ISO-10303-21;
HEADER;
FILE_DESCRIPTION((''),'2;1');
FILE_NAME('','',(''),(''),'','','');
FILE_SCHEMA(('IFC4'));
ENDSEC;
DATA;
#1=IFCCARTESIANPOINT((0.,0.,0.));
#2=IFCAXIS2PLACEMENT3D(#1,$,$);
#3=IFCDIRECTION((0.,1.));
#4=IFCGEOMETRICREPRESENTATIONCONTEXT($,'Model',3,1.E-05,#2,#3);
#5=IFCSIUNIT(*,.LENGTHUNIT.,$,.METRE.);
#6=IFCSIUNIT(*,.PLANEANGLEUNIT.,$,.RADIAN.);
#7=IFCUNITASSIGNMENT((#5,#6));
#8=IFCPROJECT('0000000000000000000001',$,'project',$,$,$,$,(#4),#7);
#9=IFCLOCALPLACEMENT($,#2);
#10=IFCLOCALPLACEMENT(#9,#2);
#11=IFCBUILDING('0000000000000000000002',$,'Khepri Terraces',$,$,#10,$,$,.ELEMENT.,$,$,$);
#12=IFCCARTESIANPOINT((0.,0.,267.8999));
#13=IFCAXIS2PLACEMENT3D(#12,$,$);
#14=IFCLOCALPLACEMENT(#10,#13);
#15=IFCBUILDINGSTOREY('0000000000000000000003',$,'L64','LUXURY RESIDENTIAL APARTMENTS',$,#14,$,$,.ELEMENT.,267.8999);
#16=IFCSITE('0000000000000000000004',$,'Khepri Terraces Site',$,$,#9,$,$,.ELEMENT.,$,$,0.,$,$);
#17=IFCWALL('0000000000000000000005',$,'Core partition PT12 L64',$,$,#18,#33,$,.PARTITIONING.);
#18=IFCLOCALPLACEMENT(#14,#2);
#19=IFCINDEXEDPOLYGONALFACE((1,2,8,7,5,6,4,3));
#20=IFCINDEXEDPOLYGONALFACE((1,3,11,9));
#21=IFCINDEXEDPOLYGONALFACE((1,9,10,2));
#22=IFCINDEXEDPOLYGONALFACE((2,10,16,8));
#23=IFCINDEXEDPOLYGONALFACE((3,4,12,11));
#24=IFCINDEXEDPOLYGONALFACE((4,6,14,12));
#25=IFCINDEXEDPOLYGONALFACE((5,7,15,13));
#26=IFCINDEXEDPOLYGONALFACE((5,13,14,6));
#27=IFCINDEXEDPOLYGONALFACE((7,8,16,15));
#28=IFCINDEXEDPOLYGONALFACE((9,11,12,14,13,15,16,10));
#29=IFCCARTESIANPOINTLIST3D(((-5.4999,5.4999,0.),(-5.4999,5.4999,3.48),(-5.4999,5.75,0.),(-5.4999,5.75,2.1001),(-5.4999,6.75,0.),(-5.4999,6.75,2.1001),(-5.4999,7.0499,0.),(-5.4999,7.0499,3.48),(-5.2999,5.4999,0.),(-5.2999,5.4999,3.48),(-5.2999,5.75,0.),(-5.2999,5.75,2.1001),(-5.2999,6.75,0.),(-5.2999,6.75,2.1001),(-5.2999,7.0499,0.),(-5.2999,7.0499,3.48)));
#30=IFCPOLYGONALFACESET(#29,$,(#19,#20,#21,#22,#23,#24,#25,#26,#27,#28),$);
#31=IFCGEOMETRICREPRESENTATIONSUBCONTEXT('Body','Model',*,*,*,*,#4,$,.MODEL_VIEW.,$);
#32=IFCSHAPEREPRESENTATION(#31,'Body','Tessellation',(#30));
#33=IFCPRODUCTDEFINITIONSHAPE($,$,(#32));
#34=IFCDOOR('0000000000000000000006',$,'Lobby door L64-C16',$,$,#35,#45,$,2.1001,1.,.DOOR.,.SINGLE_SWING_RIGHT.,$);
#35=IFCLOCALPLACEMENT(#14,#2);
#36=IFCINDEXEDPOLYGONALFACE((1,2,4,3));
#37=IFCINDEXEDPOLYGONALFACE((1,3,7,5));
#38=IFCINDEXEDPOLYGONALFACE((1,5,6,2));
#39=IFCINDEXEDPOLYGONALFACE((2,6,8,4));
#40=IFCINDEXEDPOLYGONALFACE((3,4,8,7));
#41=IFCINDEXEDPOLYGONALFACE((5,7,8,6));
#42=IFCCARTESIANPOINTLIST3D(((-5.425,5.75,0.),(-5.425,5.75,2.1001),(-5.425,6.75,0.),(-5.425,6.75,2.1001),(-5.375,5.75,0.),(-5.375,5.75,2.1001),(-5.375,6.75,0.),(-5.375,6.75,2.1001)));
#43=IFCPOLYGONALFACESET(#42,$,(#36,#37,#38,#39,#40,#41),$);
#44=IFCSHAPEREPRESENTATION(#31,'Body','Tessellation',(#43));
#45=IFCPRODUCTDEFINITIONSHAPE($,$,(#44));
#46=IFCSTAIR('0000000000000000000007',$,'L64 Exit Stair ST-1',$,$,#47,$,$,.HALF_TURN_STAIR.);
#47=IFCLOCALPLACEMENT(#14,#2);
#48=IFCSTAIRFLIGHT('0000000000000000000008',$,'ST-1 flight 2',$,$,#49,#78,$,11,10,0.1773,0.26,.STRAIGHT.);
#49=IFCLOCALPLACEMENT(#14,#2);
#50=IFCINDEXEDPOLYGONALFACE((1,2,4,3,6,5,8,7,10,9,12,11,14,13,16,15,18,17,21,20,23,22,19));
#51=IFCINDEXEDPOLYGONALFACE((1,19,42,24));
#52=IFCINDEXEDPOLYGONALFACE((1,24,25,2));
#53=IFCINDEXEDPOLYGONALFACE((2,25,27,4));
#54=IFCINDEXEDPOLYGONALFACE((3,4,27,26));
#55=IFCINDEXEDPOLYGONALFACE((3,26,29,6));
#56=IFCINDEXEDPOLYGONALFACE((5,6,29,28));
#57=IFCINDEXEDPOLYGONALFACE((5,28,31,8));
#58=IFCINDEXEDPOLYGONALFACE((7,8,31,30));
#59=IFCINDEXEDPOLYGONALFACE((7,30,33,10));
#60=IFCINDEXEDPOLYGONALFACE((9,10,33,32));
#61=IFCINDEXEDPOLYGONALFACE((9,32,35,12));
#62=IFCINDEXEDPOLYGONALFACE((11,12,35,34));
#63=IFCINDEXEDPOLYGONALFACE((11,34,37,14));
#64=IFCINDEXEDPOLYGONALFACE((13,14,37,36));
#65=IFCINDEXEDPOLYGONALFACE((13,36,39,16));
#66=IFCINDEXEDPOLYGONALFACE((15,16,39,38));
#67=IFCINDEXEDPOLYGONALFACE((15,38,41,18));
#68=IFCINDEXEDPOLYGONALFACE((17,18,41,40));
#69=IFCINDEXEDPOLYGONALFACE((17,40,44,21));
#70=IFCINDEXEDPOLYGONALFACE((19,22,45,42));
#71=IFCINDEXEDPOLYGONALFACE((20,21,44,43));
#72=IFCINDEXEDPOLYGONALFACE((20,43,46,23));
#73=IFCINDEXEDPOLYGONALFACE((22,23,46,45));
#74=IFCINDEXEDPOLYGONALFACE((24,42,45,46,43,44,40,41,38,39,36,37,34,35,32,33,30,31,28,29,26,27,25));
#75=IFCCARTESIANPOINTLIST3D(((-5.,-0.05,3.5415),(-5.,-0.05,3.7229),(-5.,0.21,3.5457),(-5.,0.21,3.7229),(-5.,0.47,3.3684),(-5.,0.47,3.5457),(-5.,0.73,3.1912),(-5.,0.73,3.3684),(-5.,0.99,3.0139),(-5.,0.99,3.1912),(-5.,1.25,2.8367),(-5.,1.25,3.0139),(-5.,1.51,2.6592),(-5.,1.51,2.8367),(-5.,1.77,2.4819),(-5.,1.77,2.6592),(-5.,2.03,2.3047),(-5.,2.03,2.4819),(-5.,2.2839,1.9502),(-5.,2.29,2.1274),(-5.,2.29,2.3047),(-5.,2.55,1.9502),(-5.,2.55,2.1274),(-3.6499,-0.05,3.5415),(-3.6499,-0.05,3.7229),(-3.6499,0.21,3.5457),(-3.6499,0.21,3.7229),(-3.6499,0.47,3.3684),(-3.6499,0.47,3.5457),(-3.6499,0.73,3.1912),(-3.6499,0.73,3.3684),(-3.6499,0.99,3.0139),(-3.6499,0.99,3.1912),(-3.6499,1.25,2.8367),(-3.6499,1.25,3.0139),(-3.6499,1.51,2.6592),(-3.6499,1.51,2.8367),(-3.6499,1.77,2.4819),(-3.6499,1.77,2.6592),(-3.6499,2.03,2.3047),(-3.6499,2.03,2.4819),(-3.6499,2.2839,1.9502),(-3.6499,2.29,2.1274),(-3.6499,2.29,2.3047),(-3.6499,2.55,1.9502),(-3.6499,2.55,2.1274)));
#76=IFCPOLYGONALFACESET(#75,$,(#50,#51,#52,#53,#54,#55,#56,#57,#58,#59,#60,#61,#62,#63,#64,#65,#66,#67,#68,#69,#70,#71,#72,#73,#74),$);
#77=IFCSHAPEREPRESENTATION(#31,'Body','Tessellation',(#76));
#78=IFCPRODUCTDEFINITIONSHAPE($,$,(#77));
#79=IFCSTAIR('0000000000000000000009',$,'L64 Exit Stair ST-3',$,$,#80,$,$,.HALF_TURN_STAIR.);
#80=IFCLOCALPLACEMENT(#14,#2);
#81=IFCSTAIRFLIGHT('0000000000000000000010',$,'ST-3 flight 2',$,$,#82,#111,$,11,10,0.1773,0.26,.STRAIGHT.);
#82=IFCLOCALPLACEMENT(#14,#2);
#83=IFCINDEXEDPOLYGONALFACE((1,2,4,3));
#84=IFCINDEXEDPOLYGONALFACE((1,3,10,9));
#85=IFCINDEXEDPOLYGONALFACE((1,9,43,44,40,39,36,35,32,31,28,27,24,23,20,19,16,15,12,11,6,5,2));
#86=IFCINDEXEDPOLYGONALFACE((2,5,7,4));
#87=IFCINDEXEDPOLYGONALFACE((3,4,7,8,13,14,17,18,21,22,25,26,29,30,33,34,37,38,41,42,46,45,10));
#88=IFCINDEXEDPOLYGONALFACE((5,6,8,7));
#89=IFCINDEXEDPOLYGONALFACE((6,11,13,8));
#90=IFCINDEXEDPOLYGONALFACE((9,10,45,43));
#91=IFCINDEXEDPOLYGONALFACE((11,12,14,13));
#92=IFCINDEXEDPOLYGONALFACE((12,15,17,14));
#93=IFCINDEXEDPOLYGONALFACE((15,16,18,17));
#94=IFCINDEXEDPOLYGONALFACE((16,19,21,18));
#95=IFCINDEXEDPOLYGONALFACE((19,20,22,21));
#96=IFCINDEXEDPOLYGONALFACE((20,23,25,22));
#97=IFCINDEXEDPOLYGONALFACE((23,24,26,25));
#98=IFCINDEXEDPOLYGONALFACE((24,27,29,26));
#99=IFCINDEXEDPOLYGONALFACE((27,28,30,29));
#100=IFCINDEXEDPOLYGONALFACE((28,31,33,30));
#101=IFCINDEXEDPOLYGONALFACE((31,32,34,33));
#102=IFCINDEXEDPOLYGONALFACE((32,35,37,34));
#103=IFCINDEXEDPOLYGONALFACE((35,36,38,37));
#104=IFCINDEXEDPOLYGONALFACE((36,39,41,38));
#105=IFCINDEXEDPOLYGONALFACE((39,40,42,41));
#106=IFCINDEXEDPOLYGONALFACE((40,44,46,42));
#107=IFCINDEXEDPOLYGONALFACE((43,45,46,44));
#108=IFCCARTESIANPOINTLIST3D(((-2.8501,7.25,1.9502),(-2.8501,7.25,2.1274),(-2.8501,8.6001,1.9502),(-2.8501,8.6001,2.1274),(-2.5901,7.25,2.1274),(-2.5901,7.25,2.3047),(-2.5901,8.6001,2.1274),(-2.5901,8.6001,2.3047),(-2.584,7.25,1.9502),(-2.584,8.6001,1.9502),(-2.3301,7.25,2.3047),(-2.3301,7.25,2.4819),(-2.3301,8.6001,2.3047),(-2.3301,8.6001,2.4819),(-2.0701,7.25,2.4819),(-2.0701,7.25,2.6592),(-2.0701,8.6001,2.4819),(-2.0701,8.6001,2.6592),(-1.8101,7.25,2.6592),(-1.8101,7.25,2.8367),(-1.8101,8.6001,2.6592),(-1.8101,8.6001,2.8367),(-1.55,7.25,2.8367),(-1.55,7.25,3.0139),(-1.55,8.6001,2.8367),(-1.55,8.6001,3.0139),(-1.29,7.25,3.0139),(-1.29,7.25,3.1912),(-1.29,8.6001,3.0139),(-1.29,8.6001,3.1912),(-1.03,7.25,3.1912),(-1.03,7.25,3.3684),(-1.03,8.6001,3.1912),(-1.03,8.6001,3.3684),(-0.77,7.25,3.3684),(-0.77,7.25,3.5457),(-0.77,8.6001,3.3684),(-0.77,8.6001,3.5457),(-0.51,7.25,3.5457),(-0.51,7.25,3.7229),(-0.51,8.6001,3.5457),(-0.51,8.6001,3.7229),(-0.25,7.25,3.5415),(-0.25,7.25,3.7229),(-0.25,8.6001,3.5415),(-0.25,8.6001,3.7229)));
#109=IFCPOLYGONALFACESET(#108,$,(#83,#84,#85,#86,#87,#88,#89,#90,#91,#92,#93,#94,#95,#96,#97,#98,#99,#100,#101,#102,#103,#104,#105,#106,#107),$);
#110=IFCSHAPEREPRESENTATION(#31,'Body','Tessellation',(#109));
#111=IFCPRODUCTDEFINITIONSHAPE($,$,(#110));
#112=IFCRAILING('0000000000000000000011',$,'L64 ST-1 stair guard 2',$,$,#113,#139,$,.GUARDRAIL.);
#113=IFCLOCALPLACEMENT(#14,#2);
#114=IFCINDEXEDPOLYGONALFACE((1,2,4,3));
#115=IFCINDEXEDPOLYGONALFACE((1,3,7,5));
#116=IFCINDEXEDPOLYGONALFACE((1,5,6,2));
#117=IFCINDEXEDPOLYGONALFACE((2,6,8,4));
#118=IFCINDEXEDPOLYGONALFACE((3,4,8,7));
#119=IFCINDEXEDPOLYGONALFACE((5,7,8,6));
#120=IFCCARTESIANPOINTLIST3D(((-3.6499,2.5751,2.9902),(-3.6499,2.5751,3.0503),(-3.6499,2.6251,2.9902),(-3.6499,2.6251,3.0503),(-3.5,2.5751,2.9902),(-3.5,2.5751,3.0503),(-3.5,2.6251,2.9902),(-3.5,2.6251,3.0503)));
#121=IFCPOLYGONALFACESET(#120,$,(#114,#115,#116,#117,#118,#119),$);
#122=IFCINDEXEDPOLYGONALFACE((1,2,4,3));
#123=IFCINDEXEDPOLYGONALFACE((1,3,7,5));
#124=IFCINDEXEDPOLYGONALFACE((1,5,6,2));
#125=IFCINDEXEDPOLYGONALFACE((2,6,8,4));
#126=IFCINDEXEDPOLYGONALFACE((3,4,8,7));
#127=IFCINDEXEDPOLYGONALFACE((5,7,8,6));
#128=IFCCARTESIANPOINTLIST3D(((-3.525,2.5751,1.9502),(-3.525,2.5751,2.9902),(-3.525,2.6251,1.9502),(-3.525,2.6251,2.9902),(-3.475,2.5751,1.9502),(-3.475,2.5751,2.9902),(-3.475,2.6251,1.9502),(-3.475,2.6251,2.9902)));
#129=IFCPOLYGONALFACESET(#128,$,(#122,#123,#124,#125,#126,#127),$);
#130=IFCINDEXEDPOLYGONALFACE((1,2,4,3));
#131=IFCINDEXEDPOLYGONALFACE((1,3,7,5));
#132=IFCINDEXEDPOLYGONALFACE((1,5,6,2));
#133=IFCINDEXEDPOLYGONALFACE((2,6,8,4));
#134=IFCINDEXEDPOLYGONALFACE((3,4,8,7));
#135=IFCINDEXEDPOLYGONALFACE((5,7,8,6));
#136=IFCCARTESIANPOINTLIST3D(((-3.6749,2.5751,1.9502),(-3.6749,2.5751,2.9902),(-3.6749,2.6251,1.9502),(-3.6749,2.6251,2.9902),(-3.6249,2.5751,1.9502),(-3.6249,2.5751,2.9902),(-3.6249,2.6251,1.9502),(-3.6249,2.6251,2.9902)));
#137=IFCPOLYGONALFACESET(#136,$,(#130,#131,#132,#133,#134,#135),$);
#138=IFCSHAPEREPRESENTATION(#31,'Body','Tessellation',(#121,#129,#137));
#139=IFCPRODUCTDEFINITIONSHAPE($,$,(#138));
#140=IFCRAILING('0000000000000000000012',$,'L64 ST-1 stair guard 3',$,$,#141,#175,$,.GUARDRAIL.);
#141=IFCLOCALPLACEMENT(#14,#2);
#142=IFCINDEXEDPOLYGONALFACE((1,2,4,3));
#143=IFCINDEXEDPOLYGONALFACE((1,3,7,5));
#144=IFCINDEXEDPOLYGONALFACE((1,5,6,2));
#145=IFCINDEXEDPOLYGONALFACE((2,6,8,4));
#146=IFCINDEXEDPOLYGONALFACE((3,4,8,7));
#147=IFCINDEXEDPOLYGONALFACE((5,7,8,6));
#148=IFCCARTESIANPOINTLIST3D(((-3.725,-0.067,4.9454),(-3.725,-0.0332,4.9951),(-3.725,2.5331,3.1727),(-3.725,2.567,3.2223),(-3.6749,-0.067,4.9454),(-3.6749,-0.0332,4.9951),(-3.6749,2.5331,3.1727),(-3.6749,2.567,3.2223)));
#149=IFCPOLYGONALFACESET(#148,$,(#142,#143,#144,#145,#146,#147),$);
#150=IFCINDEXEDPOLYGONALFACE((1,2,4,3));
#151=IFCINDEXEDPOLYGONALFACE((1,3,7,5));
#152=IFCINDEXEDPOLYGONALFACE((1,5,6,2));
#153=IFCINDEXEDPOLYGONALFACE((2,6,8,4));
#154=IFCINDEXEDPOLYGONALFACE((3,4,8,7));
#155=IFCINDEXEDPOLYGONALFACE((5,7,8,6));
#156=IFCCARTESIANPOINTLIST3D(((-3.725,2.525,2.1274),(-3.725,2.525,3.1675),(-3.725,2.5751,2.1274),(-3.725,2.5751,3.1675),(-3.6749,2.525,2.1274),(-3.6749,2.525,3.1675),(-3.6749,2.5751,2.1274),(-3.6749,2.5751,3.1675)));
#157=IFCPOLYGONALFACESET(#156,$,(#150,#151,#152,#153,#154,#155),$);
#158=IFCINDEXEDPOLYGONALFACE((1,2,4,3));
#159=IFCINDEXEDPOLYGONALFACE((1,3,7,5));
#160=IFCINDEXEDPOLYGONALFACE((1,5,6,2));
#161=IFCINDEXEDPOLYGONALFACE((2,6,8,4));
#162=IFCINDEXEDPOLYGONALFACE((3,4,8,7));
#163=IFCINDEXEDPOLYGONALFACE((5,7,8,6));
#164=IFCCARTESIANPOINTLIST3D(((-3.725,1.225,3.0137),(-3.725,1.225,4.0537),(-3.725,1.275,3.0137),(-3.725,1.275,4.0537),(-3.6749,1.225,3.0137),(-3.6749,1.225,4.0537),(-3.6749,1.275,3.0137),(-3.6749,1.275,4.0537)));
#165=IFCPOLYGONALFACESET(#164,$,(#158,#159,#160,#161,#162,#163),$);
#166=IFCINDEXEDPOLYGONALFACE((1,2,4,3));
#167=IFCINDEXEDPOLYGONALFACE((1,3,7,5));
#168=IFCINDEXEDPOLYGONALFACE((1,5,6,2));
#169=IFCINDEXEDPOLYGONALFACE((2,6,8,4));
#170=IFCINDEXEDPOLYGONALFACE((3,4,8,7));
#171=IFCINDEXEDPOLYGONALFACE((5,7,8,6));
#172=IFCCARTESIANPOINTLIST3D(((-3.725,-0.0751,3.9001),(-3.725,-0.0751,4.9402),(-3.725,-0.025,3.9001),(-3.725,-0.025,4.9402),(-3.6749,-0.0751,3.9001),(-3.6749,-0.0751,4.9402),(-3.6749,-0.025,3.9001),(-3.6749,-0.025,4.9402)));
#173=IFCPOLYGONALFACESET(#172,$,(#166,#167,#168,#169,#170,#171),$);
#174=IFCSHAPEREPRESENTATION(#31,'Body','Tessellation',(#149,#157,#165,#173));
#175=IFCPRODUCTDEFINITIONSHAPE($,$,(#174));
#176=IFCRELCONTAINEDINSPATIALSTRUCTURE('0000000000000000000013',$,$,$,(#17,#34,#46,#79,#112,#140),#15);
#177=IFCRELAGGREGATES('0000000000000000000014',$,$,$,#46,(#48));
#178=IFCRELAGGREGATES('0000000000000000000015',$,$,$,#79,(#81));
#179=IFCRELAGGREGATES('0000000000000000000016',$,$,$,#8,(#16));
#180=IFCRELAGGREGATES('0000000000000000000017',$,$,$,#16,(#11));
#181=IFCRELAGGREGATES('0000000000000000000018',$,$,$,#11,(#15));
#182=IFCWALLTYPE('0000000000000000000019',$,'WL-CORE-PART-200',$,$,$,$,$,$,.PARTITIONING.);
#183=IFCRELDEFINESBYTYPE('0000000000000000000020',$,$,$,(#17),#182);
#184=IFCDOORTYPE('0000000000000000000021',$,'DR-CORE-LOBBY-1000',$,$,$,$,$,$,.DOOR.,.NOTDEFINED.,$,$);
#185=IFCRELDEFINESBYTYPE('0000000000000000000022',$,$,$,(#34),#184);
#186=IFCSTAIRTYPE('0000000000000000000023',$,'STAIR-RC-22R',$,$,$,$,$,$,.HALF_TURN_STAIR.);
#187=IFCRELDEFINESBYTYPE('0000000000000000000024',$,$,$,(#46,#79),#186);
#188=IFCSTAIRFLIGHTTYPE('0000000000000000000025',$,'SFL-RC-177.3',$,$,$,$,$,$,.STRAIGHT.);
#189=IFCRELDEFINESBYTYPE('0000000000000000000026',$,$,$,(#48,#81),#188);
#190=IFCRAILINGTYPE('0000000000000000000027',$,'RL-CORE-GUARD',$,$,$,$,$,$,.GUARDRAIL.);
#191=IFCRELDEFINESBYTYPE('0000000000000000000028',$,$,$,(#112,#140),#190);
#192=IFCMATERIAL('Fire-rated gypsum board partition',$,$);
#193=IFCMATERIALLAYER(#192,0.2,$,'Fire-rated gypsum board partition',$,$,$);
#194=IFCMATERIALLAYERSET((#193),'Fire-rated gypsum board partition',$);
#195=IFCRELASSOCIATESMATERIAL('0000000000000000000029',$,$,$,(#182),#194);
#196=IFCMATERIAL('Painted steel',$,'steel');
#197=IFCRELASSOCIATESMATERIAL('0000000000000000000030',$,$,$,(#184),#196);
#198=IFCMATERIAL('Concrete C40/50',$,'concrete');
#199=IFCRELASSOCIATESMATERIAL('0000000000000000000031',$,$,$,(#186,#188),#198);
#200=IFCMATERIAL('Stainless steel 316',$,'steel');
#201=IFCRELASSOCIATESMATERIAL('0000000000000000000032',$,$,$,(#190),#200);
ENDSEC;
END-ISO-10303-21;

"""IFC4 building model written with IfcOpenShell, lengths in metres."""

from ifc_helpers import new_model, si_unit, direction, frame, frame_2d, origin, origin_2d, place, context, subcontext, project, spatial, polyline, rectangle, outline, extrude, material, layer, layer_set, type_object, element, fill, aggregate, save


model = new_model("IFC4")

# Units and contexts
model_context = context("Model", 3, precision=1e-05, world=origin(), true_north=direction((0.0, 1.0)))
body_context = subcontext(model_context, "Body", "Model", "MODEL_VIEW")
ifc_project = project(units=[si_unit("LENGTHUNIT", "METRE"), si_unit("PLANEANGLEUNIT", "RADIAN")], contexts=[model_context])

# Site, building, storey
site_placement = place(None, origin())
site = spatial("IfcSite", under=ifc_project, at=site_placement, Name="Khepri Terraces Site", CompositionType="ELEMENT", RefElevation=0.0)
building_placement = place(site_placement, origin())
building = spatial("IfcBuilding", under=site, at=building_placement, Name="Khepri Terraces", CompositionType="ELEMENT")
storey_placement = place(building_placement, frame((0.0, 0.0, 267.8999)))
storey = spatial("IfcBuildingStorey", under=building, at=storey_placement, Name="L64", Description="LUXURY RESIDENTIAL APARTMENTS", CompositionType="ELEMENT", Elevation=267.8999)

# Shared definitions
ifc_material_1 = material(Name="Concrete C40/50", Category="concrete")

# Shared definitions
ifc_material_2 = material(Name="Painted steel", Category="steel")

# Shared definitions
ifc_material_3 = material(Name="Fire-rated gypsum board partition")

# Wall, opening, door
ifc_layer_1 = layer(ifc_material_3, 0.2, Name="Fire-rated gypsum board partition")
ifc_layer_set_1 = layer_set([ifc_layer_1], Name="Fire-rated gypsum board partition")
wall_type_1 = type_object("IfcWallType", Name="WL-CORE-PART-200", PredefinedType="PARTITIONING", material=ifc_layer_set_1)
wall_1_placement = place(storey_placement, frame((-5.3999, 5.5, 0.0), z_axis=(0.0, 0.0, 1.0), x_axis=(0.0, 1.0, 0.0)))
wall_1 = element("IfcWall", 1, at=wall_1_placement, inside=storey, type_object=wall_type_1, Name="Core partition PT12 L64", PredefinedType="PARTITIONING", context=body_context, shape_type="SweptSolid", body=[
    extrude(rectangle(XDim=1.55, YDim=0.2, at=frame_2d((0.7749, 0.0))), origin(), (0.0, 0.0, 1.0), 3.48),
])
opening_1_placement = place(wall_1_placement, frame((0.25, 0.0, 0.0)))
opening_1 = element("IfcOpeningElement", 2, at=opening_1_placement, cuts=wall_1, PredefinedType="OPENING", context=body_context, shape_type="SweptSolid", body=[
    extrude(rectangle(XDim=1.0, YDim=2.1001, at=frame_2d((0.5, 1.05))), frame((0.0, 0.1099, 0.0), z_axis=(0.0, -1.0, 0.0), x_axis=(1.0, 0.0, 0.0)), (0.0, 0.0, 1.0), 0.22),
])
door_type_1 = type_object("IfcDoorType", Name="DR-CORE-LOBBY-1000", OperationType="NOTDEFINED", PredefinedType="DOOR", material=ifc_material_2)
door_1_placement = place(opening_1_placement, frame((1.0, 0.0, 0.0), z_axis=(0.0, 0.0, 1.0), x_axis=(-1.0, 0.0, 0.0)))
door_1 = element("IfcDoor", 3, at=door_1_placement, inside=storey, type_object=door_type_1, Name="Lobby door L64-C16", OperationType="SINGLE_SWING_RIGHT", OverallHeight=2.1001, OverallWidth=1.0, PredefinedType="DOOR", context=body_context, shape_type="SweptSolid", body=[
    extrude(rectangle(XDim=1.0, YDim=2.1001, at=frame_2d((0.5, 1.05))), frame((0.0, 0.0249, 0.0), z_axis=(0.0, -1.0, 0.0), x_axis=(1.0, 0.0, 0.0)), (0.0, 0.0, 1.0), 0.05),
])
fill(opening_1, door_1)

# Stairs, stair flights
stair_type = type_object("IfcStairType", Name="STAIR-RC-22R", PredefinedType="HALF_TURN_STAIR", material=ifc_material_1)
stair_1_placement = place(storey_placement, origin())
stair_1 = element("IfcStair", 4, at=stair_1_placement, inside=storey, type_object=stair_type, Name="L64 Exit Stair ST-1", PredefinedType="HALF_TURN_STAIR")
stair_flight_type = type_object("IfcStairFlightType", Name="SFL-RC-177.3", PredefinedType="STRAIGHT", material=ifc_material_1)
stair_flight_1_placement = place(storey_placement, frame((-4.325, 2.55, 1.9502), z_axis=(0.0, 0.0, 1.0), x_axis=(0.0, -1.0, 0.0)))
stair_flight_1 = element("IfcStairFlight", 5, at=stair_flight_1_placement, type_object=stair_flight_type, Name="ST-1 flight 2", NumberOfRisers=11, NumberOfTreads=10, PredefinedType="STRAIGHT", RiserHeight=0.1773, TreadLength=0.26, context=body_context, shape_type="SweptSolid", body=[
    extrude(outline(polyline([(0.0, 0.0), (0.0, 0.1772), (0.26, 0.1772), (0.26, 0.3545), (0.52, 0.3545), (0.52, 0.5317), (0.78, 0.5317), (0.78, 0.709), (1.04, 0.709), (1.04, 0.8865), (1.3, 0.8865), (1.3, 1.0637), (1.5601, 1.0637), (1.5601, 1.241), (1.8201, 1.241), (1.8201, 1.4182), (2.0801, 1.4182), (2.0801, 1.5955), (2.3401, 1.5955), (2.3401, 1.7727), (2.6001, 1.7727), (2.6001, 1.95), (2.6001, 1.5913), (0.2661, 0.0), (0.0, 0.0)])), frame((0.0, 0.675, 0.0), z_axis=(0.0, -1.0, 0.0), x_axis=(1.0, 0.0, 0.0)), (0.0, 0.0, 1.0), 1.3501),
])
aggregate(stair_1, [stair_flight_1])
stair_2_placement = place(storey_placement, origin())
stair_2 = element("IfcStair", 6, at=stair_2_placement, inside=storey, type_object=stair_type, Name="L64 Exit Stair ST-3", PredefinedType="HALF_TURN_STAIR")
stair_flight_2_placement = place(storey_placement, frame((-2.8501, 7.925, 1.9502), z_axis=(0.0, 0.0, 1.0), x_axis=(1.0, 0.0, 0.0)))
stair_flight_2 = element("IfcStairFlight", 7, at=stair_flight_2_placement, type_object=stair_flight_type, Name="ST-3 flight 2", NumberOfRisers=11, NumberOfTreads=10, PredefinedType="STRAIGHT", RiserHeight=0.1773, TreadLength=0.26, context=body_context, shape_type="SweptSolid", body=[
    extrude(outline(polyline([(0.0, 0.0), (0.0, 0.1772), (0.26, 0.1772), (0.26, 0.3545), (0.52, 0.3545), (0.52, 0.5317), (0.78, 0.5317), (0.78, 0.709), (1.04, 0.709), (1.04, 0.8865), (1.3, 0.8865), (1.3, 1.0637), (1.5601, 1.0637), (1.5601, 1.241), (1.8201, 1.241), (1.8201, 1.4182), (2.0801, 1.4182), (2.0801, 1.5955), (2.3401, 1.5955), (2.3401, 1.7727), (2.6001, 1.7727), (2.6001, 1.95), (2.6001, 1.5913), (0.2661, 0.0), (0.0, 0.0)])), frame((0.0, 0.675, 0.0), z_axis=(0.0, -1.0, 0.0), x_axis=(1.0, 0.0, 0.0)), (0.0, 0.0, 1.0), 1.3501),
])
aggregate(stair_2, [stair_flight_2])

# Railings
ifc_material_4 = material(Name="Stainless steel 316", Category="steel")
railing_type_1 = type_object("IfcRailingType", Name="RL-CORE-GUARD", PredefinedType="GUARDRAIL", material=ifc_material_4)
railing_1_placement = place(storey_placement, frame((-3.5, 2.6001, 1.9502)))
element("IfcRailing", 8, at=railing_1_placement, inside=storey, type_object=railing_type_1, Name="L64 ST-1 stair guard 2", PredefinedType="GUARDRAIL", context=body_context, shape_type="SweptSolid", body=[
    extrude(rectangle(XDim=0.05, YDim=0.0601, at=origin_2d()), frame((0.0, 0.0, 1.0701), z_axis=(-1.0, 0.0, 0.0), x_axis=(0.0, -1.0, 0.0)), (0.0, 0.0, 1.0), 0.1499),
    extrude(rectangle(XDim=0.05, YDim=0.05, at=origin_2d()), origin(), (0.0, 0.0, 1.0), 1.04),
    extrude(rectangle(XDim=0.05, YDim=0.05, at=origin_2d()), frame((-0.1499, 0.0, 0.0)), (0.0, 0.0, 1.0), 1.04),
])
railing_2_placement = place(storey_placement, frame((-3.7, 2.55, 2.1274)))
element("IfcRailing", 9, at=railing_2_placement, inside=storey, type_object=railing_type_1, Name="L64 ST-1 stair guard 3", PredefinedType="GUARDRAIL", context=body_context, shape_type="SweptSolid", body=[
    extrude(rectangle(XDim=0.05, YDim=0.0601, at=origin_2d()), frame((0.0, 0.0, 1.0701), z_axis=(0.0, -0.82624, 0.563318), x_axis=(1.0, 0.0, 0.0)), (0.0, 0.0, 1.0), 3.147),
    extrude(rectangle(XDim=0.05, YDim=0.05, at=origin_2d()), origin(), (0.0, 0.0, 1.0), 1.04),
    extrude(rectangle(XDim=0.05, YDim=0.05, at=origin_2d()), frame((0.0, -1.3, 0.8862)), (0.0, 0.0, 1.0), 1.04),
    extrude(rectangle(XDim=0.05, YDim=0.05, at=origin_2d()), frame((0.0, -2.6001, 1.7727)), (0.0, 0.0, 1.0), 1.04),
])

save(model, "model.ifc")
